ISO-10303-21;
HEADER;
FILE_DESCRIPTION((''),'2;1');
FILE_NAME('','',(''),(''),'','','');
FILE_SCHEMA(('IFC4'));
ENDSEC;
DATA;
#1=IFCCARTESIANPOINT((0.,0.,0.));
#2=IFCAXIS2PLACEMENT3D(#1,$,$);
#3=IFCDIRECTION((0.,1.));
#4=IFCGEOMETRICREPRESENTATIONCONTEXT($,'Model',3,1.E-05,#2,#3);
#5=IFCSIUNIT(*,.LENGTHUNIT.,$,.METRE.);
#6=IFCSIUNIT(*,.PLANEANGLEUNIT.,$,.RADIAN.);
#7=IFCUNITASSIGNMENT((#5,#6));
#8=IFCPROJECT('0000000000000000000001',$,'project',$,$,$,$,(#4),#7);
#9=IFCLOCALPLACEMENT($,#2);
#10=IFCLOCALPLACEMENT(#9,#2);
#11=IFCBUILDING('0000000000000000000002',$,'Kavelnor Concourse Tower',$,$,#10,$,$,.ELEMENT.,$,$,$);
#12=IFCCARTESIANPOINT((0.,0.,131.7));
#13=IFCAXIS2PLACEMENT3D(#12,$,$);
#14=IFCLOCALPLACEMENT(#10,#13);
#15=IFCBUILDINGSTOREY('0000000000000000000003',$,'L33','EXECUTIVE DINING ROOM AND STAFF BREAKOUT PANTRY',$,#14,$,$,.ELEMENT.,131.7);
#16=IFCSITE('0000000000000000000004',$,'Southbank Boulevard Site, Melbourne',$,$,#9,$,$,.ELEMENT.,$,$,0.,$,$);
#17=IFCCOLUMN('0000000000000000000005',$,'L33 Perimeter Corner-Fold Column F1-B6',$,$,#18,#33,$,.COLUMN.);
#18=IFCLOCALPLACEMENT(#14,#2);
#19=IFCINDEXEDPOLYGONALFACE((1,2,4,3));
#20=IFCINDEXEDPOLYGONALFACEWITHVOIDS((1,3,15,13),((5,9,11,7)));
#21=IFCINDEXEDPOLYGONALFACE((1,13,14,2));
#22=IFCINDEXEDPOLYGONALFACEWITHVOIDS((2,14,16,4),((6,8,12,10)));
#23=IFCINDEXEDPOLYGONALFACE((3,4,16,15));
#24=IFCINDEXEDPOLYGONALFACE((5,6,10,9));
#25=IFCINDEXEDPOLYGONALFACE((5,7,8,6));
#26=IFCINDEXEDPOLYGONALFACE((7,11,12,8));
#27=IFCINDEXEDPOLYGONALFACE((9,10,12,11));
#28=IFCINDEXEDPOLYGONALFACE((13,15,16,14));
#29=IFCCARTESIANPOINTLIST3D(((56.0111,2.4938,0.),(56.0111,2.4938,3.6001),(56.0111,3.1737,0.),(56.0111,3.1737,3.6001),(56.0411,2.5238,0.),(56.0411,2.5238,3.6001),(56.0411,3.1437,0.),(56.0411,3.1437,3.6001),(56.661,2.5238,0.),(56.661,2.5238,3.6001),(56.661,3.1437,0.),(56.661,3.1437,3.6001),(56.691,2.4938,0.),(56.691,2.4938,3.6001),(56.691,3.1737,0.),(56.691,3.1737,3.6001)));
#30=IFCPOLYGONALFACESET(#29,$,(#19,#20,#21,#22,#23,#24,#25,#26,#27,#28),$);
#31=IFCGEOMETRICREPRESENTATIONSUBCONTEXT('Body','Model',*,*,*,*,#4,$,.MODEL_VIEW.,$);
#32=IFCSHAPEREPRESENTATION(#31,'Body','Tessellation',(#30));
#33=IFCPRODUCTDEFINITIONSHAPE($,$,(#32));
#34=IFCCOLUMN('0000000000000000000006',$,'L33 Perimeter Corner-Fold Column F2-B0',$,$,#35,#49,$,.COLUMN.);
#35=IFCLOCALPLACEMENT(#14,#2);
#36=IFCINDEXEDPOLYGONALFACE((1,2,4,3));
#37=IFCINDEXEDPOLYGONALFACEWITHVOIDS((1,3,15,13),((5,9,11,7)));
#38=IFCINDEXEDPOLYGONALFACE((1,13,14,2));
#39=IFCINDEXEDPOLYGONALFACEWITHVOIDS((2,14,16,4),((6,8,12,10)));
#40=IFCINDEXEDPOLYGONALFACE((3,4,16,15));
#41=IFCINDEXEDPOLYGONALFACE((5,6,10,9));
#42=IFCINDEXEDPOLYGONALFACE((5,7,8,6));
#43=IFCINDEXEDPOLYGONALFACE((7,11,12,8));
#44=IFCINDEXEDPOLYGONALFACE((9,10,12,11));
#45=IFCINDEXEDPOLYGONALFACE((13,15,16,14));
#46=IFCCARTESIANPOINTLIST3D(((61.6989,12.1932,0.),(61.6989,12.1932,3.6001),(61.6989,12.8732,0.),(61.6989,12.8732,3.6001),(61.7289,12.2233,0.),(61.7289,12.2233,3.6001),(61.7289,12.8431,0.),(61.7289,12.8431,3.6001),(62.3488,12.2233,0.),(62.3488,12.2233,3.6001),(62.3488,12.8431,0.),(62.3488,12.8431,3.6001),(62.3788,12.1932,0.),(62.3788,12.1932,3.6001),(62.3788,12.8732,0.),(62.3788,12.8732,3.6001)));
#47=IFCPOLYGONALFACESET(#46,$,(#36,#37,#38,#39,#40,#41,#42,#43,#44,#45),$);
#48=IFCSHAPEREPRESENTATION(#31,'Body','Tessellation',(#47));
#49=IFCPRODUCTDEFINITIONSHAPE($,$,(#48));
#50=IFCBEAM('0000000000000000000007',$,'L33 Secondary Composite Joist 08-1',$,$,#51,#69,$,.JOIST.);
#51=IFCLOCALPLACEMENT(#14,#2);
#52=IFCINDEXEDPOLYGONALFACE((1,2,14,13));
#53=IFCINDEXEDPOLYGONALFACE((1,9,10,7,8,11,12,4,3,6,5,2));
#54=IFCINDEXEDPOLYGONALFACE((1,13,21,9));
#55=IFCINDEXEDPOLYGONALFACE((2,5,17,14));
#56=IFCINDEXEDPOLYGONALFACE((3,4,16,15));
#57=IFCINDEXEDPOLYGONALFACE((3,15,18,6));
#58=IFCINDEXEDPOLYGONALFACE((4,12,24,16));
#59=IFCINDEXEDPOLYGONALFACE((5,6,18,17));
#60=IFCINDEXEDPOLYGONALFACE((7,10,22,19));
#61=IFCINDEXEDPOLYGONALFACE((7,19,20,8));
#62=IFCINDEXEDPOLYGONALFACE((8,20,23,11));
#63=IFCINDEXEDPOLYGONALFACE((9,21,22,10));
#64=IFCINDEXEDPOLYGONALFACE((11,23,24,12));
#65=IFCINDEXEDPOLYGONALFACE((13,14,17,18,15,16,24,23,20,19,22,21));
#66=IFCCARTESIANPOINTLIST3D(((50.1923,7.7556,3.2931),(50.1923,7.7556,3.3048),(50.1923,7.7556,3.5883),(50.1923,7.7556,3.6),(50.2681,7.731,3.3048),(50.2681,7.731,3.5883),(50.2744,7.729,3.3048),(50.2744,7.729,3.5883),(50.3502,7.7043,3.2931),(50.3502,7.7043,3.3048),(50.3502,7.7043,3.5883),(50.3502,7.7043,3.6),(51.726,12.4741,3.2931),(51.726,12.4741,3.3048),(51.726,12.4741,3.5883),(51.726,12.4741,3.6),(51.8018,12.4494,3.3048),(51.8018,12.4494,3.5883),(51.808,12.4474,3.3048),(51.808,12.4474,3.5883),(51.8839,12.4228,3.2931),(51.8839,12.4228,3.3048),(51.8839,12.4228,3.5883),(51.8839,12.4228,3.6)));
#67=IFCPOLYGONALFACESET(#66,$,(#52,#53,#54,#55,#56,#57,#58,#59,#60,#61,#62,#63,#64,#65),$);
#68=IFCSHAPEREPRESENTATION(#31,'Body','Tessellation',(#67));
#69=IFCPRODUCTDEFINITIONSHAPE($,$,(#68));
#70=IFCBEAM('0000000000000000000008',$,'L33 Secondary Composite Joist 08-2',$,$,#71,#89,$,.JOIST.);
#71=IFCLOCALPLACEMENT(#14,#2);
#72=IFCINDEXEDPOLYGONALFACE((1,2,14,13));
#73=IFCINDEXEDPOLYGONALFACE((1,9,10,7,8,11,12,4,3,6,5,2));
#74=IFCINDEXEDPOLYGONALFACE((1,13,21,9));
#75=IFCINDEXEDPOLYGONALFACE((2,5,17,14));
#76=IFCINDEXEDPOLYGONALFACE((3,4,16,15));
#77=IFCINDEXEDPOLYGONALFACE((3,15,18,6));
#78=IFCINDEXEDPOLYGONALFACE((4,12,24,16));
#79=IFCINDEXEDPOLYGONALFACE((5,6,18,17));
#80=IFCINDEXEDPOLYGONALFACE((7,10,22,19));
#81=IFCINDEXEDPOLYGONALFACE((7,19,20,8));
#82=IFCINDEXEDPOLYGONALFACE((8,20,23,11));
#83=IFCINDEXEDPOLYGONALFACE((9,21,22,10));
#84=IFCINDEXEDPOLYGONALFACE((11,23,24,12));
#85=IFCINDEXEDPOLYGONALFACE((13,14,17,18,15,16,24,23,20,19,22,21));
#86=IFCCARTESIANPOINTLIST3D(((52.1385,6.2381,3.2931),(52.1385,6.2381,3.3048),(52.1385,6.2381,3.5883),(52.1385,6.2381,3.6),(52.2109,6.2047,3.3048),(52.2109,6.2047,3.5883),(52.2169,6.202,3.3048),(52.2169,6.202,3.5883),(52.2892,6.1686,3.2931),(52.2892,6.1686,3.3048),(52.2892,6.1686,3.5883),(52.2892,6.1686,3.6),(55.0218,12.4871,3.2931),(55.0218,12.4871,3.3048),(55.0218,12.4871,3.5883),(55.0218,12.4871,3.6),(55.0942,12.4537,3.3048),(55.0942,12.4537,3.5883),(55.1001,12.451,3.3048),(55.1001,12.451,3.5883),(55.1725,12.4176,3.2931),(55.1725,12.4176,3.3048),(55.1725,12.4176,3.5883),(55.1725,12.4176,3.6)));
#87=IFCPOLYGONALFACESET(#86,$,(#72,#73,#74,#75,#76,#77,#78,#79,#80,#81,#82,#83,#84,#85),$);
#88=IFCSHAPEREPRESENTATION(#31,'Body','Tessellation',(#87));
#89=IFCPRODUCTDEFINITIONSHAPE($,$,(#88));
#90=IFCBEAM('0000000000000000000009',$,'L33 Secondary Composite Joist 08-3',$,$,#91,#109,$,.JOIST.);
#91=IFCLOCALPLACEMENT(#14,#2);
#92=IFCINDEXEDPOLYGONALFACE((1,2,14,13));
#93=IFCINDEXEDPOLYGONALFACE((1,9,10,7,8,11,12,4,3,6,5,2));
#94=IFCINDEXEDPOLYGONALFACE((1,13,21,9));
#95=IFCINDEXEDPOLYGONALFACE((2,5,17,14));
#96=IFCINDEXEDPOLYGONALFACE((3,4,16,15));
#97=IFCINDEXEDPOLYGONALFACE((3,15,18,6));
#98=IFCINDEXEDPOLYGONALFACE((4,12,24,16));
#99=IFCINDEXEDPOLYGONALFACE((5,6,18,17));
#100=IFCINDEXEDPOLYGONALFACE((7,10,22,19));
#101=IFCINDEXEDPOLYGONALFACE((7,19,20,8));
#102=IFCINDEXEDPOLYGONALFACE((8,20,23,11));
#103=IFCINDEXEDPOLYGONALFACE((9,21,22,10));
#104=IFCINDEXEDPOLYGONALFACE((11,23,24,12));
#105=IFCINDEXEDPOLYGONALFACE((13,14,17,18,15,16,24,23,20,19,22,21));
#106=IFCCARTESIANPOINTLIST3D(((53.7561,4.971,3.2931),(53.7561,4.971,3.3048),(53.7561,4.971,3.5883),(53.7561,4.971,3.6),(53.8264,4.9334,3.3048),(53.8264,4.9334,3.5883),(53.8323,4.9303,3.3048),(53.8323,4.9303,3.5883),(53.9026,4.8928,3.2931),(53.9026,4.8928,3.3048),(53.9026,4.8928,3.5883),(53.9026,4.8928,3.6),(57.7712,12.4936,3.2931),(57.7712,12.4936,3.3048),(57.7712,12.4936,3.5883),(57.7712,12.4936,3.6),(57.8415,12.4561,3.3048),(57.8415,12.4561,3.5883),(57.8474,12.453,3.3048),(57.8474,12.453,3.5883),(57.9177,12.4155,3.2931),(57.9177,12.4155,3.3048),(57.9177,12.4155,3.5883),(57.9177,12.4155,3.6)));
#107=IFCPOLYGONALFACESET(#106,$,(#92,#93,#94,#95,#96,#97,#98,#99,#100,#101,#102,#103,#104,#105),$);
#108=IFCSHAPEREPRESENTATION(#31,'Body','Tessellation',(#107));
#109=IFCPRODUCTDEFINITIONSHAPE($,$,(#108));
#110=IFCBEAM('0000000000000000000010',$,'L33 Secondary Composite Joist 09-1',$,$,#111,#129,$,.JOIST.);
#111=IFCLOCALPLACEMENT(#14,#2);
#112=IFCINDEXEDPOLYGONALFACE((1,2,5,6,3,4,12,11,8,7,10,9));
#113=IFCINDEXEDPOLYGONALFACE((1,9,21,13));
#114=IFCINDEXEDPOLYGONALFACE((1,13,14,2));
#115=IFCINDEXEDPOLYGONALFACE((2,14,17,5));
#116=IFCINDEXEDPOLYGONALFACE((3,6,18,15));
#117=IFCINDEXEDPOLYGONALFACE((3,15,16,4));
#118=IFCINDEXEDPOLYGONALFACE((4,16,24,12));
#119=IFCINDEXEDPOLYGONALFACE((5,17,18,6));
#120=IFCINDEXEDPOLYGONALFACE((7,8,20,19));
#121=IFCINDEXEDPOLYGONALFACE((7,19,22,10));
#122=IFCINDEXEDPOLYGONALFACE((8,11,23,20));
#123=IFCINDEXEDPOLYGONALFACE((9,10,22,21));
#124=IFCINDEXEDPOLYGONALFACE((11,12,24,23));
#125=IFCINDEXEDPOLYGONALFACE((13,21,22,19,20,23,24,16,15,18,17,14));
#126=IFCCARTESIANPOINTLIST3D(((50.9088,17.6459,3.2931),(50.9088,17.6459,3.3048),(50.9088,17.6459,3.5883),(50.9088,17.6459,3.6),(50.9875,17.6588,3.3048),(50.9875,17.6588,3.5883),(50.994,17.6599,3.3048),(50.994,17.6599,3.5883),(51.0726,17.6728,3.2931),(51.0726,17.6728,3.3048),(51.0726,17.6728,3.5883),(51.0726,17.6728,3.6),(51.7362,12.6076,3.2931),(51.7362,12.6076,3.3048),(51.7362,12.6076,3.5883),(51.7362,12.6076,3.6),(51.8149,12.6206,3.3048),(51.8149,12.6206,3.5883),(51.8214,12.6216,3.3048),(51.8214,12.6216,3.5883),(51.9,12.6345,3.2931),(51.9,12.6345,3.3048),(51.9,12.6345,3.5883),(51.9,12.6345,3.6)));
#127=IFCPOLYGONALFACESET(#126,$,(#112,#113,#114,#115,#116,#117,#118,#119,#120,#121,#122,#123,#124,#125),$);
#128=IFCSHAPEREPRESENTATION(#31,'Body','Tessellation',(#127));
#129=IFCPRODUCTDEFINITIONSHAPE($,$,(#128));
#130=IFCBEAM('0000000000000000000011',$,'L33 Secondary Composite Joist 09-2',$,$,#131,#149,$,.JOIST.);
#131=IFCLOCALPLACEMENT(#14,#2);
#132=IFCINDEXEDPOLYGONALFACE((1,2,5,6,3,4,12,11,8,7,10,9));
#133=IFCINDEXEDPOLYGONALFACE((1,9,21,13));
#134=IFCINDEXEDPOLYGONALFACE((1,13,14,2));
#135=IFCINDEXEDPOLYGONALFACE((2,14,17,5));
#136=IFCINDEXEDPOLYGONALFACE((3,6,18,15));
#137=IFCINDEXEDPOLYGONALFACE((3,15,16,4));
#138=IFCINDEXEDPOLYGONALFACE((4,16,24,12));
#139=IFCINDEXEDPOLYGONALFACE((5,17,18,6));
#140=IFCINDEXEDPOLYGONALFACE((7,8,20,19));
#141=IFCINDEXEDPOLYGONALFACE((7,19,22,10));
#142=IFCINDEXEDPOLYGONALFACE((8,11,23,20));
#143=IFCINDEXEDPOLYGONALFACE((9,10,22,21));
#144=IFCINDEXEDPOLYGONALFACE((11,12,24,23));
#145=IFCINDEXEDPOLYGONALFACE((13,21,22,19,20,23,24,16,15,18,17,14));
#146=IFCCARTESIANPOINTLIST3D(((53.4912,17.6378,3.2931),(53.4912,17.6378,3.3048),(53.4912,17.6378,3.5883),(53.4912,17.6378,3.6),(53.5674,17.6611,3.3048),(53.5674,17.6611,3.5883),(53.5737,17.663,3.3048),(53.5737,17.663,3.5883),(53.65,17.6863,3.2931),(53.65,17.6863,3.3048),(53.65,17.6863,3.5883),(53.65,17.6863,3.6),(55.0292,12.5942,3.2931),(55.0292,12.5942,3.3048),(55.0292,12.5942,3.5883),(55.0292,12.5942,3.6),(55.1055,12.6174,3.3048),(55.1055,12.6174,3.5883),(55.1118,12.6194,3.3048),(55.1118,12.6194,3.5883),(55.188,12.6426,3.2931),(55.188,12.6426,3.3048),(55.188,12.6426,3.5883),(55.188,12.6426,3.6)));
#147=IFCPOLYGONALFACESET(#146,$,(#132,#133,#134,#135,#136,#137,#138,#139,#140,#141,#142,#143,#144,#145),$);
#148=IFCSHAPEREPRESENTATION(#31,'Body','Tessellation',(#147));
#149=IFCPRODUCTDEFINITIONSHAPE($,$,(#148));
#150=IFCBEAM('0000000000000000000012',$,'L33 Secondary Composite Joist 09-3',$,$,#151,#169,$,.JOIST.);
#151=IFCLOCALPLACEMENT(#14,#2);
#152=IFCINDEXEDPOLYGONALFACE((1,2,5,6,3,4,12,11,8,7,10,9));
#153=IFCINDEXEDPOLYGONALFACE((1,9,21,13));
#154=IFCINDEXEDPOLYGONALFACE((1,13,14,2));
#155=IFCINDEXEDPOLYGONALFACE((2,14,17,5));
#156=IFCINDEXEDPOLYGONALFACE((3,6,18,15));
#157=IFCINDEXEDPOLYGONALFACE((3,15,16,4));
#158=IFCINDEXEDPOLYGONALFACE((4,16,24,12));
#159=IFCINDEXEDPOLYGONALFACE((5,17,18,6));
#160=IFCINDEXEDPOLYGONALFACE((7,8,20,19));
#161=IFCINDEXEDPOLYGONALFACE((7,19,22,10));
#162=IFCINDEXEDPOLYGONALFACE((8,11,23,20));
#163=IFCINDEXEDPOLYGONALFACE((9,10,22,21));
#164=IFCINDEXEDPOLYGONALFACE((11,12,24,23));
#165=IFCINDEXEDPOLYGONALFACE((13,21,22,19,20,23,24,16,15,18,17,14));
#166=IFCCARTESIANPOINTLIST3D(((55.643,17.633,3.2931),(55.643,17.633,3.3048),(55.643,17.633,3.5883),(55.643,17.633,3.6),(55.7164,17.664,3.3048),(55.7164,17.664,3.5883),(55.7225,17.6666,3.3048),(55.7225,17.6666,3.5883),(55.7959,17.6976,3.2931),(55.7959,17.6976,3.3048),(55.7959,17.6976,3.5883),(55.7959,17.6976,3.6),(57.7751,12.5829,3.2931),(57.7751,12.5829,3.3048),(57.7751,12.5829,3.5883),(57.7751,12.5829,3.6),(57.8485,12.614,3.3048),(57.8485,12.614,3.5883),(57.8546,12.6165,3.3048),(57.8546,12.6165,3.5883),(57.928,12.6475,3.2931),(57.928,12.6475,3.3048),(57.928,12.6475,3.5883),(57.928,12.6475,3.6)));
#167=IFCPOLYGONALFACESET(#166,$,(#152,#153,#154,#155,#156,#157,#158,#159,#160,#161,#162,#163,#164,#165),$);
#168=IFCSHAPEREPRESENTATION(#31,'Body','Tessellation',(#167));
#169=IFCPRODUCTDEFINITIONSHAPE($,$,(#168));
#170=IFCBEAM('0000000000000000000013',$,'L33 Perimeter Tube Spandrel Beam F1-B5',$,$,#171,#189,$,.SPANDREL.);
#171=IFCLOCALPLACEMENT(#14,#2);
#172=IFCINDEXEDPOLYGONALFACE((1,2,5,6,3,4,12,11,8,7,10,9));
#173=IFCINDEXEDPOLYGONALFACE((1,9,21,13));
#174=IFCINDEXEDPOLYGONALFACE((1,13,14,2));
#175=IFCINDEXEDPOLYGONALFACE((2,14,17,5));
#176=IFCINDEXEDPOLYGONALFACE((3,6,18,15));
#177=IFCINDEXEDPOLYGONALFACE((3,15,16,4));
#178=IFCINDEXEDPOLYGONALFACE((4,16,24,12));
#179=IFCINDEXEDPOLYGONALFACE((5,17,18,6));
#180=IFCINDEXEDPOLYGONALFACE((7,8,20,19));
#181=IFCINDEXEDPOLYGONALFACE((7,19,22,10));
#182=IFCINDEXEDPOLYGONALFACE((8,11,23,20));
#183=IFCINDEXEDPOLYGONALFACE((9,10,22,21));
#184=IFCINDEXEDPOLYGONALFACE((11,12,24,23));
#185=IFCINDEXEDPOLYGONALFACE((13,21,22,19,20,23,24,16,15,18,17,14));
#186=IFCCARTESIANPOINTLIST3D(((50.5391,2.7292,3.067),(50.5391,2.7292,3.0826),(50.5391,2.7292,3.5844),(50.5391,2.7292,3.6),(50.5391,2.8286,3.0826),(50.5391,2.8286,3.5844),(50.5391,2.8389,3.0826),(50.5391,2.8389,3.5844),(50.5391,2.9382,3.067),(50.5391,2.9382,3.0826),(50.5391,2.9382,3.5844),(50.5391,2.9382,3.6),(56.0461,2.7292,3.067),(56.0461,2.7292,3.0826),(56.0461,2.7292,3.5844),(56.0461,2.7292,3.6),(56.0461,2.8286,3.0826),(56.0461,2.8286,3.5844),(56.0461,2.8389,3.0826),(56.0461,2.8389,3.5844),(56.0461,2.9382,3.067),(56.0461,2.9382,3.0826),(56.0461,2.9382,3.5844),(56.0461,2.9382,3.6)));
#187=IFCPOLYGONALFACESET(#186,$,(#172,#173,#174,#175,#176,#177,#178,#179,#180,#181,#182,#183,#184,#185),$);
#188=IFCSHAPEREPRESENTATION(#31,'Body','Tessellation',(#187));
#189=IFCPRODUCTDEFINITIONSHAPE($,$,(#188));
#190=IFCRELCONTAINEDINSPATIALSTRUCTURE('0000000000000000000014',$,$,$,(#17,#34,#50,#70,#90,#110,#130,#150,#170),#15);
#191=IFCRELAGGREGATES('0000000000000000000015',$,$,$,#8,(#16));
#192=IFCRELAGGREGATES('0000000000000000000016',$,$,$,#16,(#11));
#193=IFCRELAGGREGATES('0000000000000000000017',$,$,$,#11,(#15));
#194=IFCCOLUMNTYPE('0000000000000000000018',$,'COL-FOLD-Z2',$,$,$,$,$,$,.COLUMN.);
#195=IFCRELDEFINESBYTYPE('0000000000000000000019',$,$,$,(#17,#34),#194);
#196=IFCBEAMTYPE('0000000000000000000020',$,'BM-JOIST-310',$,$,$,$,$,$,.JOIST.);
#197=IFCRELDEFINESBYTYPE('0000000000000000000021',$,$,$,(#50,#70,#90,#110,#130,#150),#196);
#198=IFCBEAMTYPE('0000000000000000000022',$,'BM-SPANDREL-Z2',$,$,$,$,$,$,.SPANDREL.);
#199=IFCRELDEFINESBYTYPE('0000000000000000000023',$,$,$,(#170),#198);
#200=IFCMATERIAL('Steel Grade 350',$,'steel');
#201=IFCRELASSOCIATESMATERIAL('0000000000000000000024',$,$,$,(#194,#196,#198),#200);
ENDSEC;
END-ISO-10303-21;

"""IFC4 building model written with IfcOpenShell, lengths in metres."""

from ifc_helpers import new_model, si_unit, direction, frame, origin, origin_2d, place, context, subcontext, project, spatial, hollow_rectangle, i_section, extrude, material, material_profile, profile_set, type_object, element, save


model = new_model("IFC4")

# Units and contexts
model_context = context("Model", 3, precision=1e-05, world=origin(), true_north=direction((0.0, 1.0)))
body_context = subcontext(model_context, "Body", "Model", "MODEL_VIEW")
ifc_project = project(units=[si_unit("LENGTHUNIT", "METRE"), si_unit("PLANEANGLEUNIT", "RADIAN")], contexts=[model_context])

# Site, building, storey
site_placement = place(None, origin())
site = spatial("IfcSite", under=ifc_project, at=site_placement, Name="Southbank Boulevard Site, Melbourne", CompositionType="ELEMENT", RefElevation=0.0)
building_placement = place(site_placement, origin())
building = spatial("IfcBuilding", under=site, at=building_placement, Name="Kavelnor Concourse Tower", CompositionType="ELEMENT")
storey_placement = place(building_placement, frame((0.0, 0.0, 131.7)))
storey = spatial("IfcBuildingStorey", under=building, at=storey_placement, Name="L33", Description="EXECUTIVE DINING ROOM AND STAFF BREAKOUT PANTRY", CompositionType="ELEMENT", Elevation=131.7)

# Columns
ifc_material_1 = material(Name="Steel Grade 350", Category="steel")
ifc_material_profile_1 = material_profile(ifc_material_1, hollow_rectangle(XDim=0.6799, YDim=0.6799, WallThickness=0.03, at=origin_2d()), Name="SHS 680x680x30")
ifc_profile_set_1 = profile_set([ifc_material_profile_1], Name="Steel Grade 350")
column_type = type_object("IfcColumnType", Name="COL-FOLD-Z2", PredefinedType="COLUMN", material=ifc_profile_set_1)
for number, where, z_axis, x_axis, name in (
    (1, (56.3511, 2.8337, 0.0), (0.0, 0.0, 1.0), (1.0, 0.0, 0.0), "L33 Perimeter Corner-Fold Column F1-B6"),
    (2, (62.0388, 12.5332, 0.0), (0.0, 0.0, 1.0), (1.0, 0.0, 0.0), "L33 Perimeter Corner-Fold Column F2-B0"),
):
    element("IfcColumn", number, at=place(storey_placement, frame(where, z_axis=z_axis, x_axis=x_axis)), inside=storey, type_object=column_type, Name=name, PredefinedType="COLUMN", context=body_context, shape_type="SweptSolid", body=[
        extrude(hollow_rectangle(XDim=0.6799, YDim=0.6799, WallThickness=0.03, at=origin_2d()), origin(), (0.0, 0.0, 1.0), 3.6001),
    ])

# Beams
ifc_material_profile_2 = material_profile(ifc_material_1, i_section(OverallWidth=0.166, OverallDepth=0.3069, WebThickness=0.0066, FlangeThickness=0.0117, at=origin_2d()), Name="310UB46")
ifc_profile_set_2 = profile_set([ifc_material_profile_2], Name="Steel Grade 350")
beam_type_1 = type_object("IfcBeamType", Name="BM-JOIST-310", PredefinedType="JOIST", material=ifc_profile_set_2)
beam_1_placement = place(storey_placement, frame((50.2712, 7.73, 3.4465), z_axis=(0.309118, 0.951024, 0.0), x_axis=(-0.951024, 0.309118, 0.0)))
element("IfcBeam", 3, at=beam_1_placement, inside=storey, type_object=beam_type_1, Name="L33 Secondary Composite Joist 08-1", PredefinedType="JOIST", context=body_context, shape_type="SweptSolid", body=[
    extrude(i_section(OverallWidth=0.166, OverallDepth=0.3069, WebThickness=0.0066, FlangeThickness=0.0117, at=origin_2d()), origin(), (0.0, 0.0, 1.0), 4.9614),
])
beam_2_placement = place(storey_placement, frame((52.2139, 6.2034, 3.4465), z_axis=(0.418955, 0.908007, 0.0), x_axis=(-0.908007, 0.418955, 0.0)))
element("IfcBeam", 4, at=beam_2_placement, inside=storey, type_object=beam_type_1, Name="L33 Secondary Composite Joist 08-2", PredefinedType="JOIST", context=body_context, shape_type="SweptSolid", body=[
    extrude(i_section(OverallWidth=0.166, OverallDepth=0.3069, WebThickness=0.0066, FlangeThickness=0.0117, at=origin_2d()), origin(), (0.0, 0.0, 1.0), 6.8821),
])
beam_3_placement = place(storey_placement, frame((53.8293, 4.9319, 3.4465), z_axis=(0.470865, 0.882205, 0.0), x_axis=(-0.882205, 0.470865, 0.0)))
element("IfcBeam", 5, at=beam_3_placement, inside=storey, type_object=beam_type_1, Name="L33 Secondary Composite Joist 08-3", PredefinedType="JOIST", context=body_context, shape_type="SweptSolid", body=[
    extrude(i_section(OverallWidth=0.166, OverallDepth=0.3069, WebThickness=0.0066, FlangeThickness=0.0117, at=origin_2d()), origin(), (0.0, 0.0, 1.0), 8.5271),
])
beam_4_placement = place(storey_placement, frame((51.8181, 12.6211, 3.4465), z_axis=(-0.162049, 0.986783, 0.0), x_axis=(-0.986783, -0.162049, 0.0)))
element("IfcBeam", 6, at=beam_4_placement, inside=storey, type_object=beam_type_1, Name="L33 Secondary Composite Joist 09-1", PredefinedType="JOIST", context=body_context, shape_type="SweptSolid", body=[
    extrude(i_section(OverallWidth=0.166, OverallDepth=0.3069, WebThickness=0.0066, FlangeThickness=0.0117, at=origin_2d()), origin(), (0.0, 0.0, 1.0), 5.1057),
])
beam_5_placement = place(storey_placement, frame((55.1086, 12.6184, 3.4465), z_axis=(-0.29169, 0.956513, 0.0), x_axis=(-0.956513, -0.29169, 0.0)))
element("IfcBeam", 7, at=beam_5_placement, inside=storey, type_object=beam_type_1, Name="L33 Secondary Composite Joist 09-2", PredefinedType="JOIST", context=body_context, shape_type="SweptSolid", body=[
    extrude(i_section(OverallWidth=0.166, OverallDepth=0.3069, WebThickness=0.0066, FlangeThickness=0.0117, at=origin_2d()), origin(), (0.0, 0.0, 1.0), 5.2729),
])
beam_6_placement = place(storey_placement, frame((57.8516, 12.6152, 3.4465), z_axis=(-0.388947, 0.92126, 0.0), x_axis=(-0.92126, -0.388947, 0.0)))
element("IfcBeam", 8, at=beam_6_placement, inside=storey, type_object=beam_type_1, Name="L33 Secondary Composite Joist 09-3", PredefinedType="JOIST", context=body_context, shape_type="SweptSolid", body=[
    extrude(i_section(OverallWidth=0.166, OverallDepth=0.3069, WebThickness=0.0066, FlangeThickness=0.0117, at=origin_2d()), origin(), (0.0, 0.0, 1.0), 5.4817),
])
ifc_material_profile_3 = material_profile(ifc_material_1, i_section(OverallWidth=0.209, OverallDepth=0.533, WebThickness=0.0103, FlangeThickness=0.0156, at=origin_2d()), Name="530UB92")
ifc_profile_set_3 = profile_set([ifc_material_profile_3], Name="Steel Grade 350")
beam_type_2 = type_object("IfcBeamType", Name="BM-SPANDREL-Z2", PredefinedType="SPANDREL", material=ifc_profile_set_3)
beam_7_placement = place(storey_placement, frame((50.5391, 2.8337, 3.3335), z_axis=(1.0, 0.0, 0.0), x_axis=(0.0, 1.0, 0.0)))
element("IfcBeam", 9, at=beam_7_placement, inside=storey, type_object=beam_type_2, Name="L33 Perimeter Tube Spandrel Beam F1-B5", PredefinedType="SPANDREL", context=body_context, shape_type="SweptSolid", body=[
    extrude(i_section(OverallWidth=0.209, OverallDepth=0.533, WebThickness=0.0103, FlangeThickness=0.0156, at=origin_2d()), origin(), (0.0, 0.0, 1.0), 5.5071),
])

save(model, "model.ifc")
